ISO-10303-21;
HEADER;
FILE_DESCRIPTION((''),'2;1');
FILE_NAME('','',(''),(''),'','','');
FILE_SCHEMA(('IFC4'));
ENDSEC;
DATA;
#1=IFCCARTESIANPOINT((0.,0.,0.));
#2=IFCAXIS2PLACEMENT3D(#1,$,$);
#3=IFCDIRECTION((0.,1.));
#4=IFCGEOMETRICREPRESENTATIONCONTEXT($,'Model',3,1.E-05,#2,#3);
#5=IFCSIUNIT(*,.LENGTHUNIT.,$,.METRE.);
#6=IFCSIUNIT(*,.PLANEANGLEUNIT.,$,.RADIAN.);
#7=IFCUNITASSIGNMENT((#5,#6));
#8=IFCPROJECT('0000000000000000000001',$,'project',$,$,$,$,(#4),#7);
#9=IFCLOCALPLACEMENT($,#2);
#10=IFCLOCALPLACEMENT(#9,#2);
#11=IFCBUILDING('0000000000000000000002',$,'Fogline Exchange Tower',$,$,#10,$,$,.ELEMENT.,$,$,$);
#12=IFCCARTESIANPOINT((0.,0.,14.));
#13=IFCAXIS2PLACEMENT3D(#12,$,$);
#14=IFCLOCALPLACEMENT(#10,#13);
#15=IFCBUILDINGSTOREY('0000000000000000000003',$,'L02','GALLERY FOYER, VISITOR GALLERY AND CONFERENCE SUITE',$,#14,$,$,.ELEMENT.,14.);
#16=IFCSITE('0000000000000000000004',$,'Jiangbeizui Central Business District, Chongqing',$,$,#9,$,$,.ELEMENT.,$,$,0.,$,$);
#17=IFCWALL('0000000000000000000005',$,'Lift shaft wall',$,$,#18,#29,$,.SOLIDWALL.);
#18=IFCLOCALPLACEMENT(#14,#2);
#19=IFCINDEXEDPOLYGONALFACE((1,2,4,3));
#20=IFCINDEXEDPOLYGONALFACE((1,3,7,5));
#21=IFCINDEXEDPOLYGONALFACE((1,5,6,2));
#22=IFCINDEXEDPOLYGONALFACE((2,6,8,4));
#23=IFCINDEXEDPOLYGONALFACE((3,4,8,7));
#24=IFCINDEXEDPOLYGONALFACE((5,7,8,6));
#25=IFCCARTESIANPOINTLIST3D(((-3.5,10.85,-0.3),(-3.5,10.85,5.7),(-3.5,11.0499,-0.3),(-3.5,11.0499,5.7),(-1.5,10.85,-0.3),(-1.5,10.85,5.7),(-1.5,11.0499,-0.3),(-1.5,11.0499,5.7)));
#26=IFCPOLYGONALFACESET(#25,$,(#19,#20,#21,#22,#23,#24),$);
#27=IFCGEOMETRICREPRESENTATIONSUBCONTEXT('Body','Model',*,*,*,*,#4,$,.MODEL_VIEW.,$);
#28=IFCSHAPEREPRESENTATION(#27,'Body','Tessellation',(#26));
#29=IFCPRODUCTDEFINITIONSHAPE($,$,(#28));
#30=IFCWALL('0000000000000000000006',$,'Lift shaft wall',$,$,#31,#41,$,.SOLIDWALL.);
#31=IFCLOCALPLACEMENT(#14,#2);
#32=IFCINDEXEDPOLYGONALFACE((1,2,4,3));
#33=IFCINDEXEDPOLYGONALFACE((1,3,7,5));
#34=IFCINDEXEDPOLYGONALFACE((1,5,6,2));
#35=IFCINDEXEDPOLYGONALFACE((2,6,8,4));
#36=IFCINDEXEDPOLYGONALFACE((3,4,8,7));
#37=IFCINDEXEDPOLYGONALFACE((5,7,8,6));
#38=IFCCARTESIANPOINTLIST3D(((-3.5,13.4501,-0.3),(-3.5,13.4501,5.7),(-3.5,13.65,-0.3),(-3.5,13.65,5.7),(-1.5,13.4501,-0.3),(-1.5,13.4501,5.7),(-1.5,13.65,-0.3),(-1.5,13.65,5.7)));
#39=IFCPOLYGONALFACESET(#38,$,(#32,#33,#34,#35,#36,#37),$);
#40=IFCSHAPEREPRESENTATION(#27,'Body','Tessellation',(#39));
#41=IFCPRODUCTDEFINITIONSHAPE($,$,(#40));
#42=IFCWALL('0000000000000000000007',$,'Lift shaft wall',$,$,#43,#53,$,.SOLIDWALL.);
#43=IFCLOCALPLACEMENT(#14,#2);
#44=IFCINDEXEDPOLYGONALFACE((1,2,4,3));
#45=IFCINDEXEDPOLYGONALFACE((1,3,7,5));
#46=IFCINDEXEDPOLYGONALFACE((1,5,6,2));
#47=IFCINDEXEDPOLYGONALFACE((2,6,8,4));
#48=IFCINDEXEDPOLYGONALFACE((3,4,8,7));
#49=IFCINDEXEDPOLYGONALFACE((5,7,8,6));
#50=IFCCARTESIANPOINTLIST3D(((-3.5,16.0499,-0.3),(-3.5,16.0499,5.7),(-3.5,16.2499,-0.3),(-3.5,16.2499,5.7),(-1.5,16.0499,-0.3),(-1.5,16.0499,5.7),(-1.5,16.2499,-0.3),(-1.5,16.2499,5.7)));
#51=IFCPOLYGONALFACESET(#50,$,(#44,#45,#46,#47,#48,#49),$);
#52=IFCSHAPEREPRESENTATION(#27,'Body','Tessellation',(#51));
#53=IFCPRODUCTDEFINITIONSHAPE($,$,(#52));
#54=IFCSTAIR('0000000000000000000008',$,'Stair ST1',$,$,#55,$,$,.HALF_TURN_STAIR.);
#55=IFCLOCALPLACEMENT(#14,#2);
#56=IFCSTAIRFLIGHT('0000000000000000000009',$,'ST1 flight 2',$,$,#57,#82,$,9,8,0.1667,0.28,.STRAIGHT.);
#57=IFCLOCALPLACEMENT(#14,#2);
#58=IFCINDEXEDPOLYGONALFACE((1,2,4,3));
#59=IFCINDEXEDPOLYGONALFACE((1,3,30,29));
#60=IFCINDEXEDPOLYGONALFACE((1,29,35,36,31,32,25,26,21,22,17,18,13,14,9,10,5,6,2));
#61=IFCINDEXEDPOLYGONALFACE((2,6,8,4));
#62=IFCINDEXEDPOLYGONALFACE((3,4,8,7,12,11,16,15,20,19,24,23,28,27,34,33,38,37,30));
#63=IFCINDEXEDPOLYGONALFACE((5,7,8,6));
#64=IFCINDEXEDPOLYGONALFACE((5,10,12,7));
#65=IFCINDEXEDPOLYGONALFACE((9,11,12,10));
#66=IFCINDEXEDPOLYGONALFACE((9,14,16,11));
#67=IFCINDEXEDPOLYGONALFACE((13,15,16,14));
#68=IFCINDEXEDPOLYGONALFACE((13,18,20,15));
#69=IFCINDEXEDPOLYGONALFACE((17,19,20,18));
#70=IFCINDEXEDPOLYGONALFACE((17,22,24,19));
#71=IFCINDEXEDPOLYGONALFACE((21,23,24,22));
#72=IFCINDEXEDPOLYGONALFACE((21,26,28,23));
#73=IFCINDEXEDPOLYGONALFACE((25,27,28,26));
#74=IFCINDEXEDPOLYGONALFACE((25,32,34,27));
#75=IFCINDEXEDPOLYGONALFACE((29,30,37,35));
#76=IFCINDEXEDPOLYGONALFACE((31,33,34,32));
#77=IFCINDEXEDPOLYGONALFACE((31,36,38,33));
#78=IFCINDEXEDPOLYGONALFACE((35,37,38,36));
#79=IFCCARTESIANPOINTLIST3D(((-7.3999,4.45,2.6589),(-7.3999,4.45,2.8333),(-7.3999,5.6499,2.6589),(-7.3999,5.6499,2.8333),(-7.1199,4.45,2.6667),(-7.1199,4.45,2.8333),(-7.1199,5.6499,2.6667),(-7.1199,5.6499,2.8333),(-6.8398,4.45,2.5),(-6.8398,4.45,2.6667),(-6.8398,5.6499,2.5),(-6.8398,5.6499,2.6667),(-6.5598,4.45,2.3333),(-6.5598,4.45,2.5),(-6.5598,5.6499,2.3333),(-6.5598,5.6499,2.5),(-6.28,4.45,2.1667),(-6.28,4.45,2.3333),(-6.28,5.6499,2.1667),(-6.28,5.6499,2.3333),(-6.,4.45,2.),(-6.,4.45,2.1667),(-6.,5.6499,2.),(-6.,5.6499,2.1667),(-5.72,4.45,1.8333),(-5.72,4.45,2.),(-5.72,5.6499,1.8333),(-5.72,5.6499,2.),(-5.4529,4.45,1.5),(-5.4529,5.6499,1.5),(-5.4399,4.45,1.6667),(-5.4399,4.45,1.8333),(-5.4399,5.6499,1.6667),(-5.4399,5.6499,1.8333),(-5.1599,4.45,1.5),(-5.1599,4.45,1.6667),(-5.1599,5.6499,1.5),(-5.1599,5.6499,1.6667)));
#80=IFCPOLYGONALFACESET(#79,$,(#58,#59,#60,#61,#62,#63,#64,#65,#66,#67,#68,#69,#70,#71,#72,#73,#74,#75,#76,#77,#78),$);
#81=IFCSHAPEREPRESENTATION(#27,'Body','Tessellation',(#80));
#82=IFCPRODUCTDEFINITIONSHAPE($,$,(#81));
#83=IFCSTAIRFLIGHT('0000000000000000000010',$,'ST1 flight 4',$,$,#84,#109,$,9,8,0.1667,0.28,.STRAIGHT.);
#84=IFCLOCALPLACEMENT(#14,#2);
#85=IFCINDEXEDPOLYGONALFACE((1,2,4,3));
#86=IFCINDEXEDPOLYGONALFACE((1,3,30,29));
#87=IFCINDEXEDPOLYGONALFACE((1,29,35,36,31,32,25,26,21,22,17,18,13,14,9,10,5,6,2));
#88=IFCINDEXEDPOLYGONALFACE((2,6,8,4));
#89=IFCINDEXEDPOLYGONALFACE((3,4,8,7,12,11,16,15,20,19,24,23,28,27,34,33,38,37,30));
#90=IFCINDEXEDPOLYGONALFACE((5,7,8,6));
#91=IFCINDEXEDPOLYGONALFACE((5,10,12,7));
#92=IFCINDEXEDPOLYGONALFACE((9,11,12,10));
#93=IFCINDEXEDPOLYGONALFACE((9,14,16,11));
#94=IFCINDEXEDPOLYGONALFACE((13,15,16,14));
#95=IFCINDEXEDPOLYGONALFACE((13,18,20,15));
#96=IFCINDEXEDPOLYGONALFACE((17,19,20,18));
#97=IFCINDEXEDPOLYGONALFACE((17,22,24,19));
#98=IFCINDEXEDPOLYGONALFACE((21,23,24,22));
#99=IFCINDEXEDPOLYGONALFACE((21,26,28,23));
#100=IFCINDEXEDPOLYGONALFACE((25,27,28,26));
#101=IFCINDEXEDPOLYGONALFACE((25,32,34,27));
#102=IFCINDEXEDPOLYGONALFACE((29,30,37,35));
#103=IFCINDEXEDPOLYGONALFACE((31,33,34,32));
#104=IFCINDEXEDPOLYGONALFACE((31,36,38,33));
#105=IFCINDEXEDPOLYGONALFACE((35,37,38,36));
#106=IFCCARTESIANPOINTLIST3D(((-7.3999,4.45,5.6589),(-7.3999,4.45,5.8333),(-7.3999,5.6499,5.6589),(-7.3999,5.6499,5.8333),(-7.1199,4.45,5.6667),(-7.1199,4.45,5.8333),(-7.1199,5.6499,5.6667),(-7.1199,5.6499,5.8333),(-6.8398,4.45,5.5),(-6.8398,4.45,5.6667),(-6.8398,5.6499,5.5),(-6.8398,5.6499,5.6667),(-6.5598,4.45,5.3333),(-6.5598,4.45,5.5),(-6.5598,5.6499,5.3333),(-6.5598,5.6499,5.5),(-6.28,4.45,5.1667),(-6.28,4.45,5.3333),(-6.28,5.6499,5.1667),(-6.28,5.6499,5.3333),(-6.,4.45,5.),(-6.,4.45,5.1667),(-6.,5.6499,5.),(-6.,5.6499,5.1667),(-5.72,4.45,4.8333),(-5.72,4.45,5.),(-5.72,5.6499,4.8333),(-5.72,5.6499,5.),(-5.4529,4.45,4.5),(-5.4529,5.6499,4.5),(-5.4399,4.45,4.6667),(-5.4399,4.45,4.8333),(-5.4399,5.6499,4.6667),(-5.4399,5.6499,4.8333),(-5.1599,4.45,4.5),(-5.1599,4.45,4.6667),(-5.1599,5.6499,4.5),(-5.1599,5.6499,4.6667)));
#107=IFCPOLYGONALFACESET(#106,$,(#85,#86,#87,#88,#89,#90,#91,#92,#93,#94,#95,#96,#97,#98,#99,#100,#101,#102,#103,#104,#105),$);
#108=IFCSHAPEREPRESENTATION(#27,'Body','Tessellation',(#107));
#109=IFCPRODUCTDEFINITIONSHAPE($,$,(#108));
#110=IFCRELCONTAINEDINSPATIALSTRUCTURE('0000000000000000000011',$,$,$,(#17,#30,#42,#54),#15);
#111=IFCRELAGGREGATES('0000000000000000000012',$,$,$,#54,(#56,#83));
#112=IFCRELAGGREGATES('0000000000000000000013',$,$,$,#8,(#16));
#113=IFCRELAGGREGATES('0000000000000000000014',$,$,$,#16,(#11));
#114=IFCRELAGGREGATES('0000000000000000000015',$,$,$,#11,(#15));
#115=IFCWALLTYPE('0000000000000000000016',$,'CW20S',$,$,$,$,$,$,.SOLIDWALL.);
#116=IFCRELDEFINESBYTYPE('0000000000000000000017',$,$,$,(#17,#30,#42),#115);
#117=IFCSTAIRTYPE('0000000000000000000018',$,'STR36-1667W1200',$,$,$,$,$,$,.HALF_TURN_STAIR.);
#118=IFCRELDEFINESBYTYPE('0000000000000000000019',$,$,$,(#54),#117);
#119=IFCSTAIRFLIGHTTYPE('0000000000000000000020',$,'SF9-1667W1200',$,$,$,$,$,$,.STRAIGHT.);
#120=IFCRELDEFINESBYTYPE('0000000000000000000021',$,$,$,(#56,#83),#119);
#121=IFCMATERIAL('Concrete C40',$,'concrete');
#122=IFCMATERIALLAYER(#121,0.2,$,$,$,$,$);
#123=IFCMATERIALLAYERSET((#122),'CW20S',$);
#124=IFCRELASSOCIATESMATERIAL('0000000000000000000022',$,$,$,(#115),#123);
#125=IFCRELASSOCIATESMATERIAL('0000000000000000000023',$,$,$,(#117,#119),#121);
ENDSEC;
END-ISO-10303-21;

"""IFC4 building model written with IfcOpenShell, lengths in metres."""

from ifc_helpers import new_model, si_unit, direction, frame, frame_2d, origin, place, context, subcontext, project, spatial, polyline, rectangle, outline, extrude, material, layer, layer_set, type_object, element, aggregate, save


model = new_model("IFC4")

# Units and contexts
model_context = context("Model", 3, precision=1e-05, world=origin(), true_north=direction((0.0, 1.0)))
body_context = subcontext(model_context, "Body", "Model", "MODEL_VIEW")
ifc_project = project(units=[si_unit("LENGTHUNIT", "METRE"), si_unit("PLANEANGLEUNIT", "RADIAN")], contexts=[model_context])

# Site, building, storey
site_placement = place(None, origin())
site = spatial("IfcSite", under=ifc_project, at=site_placement, Name="Jiangbeizui Central Business District, Chongqing", CompositionType="ELEMENT", RefElevation=0.0)
building_placement = place(site_placement, origin())
building = spatial("IfcBuilding", under=site, at=building_placement, Name="Fogline Exchange Tower", CompositionType="ELEMENT")
storey_placement = place(building_placement, frame((0.0, 0.0, 14.0)))
storey = spatial("IfcBuildingStorey", under=building, at=storey_placement, Name="L02", Description="GALLERY FOYER, VISITOR GALLERY AND CONFERENCE SUITE", CompositionType="ELEMENT", Elevation=14.0)

# Shared definitions
ifc_material_1 = material(Name="Concrete C40", Category="concrete")

# Shared definitions
ifc_layer_1 = layer(ifc_material_1, 0.2)
ifc_layer_set_1 = layer_set([ifc_layer_1], Name="CW20S")
wall_type_1 = type_object("IfcWallType", Name="CW20S", PredefinedType="SOLIDWALL", material=ifc_layer_set_1)

# Walls
for number, where, z_axis, x_axis, name in (
    (1, (-3.5, 10.95, -0.3), (0.0, 0.0, 1.0), (1.0, 0.0, 0.0), "Lift shaft wall"),
    (2, (-3.5, 13.55, -0.3), (0.0, 0.0, 1.0), (1.0, 0.0, 0.0), "Lift shaft wall"),
    (3, (-3.5, 16.1499, -0.3), (0.0, 0.0, 1.0), (1.0, 0.0, 0.0), "Lift shaft wall"),
):
    element("IfcWall", number, at=place(storey_placement, frame(where, z_axis=z_axis, x_axis=x_axis)), inside=storey, type_object=wall_type_1, Name=name, PredefinedType="SOLIDWALL", context=body_context, shape_type="SweptSolid", body=[
        extrude(rectangle(XDim=2.0, YDim=0.2, at=frame_2d((1.0, 0.0))), origin(), (0.0, 0.0, 1.0), 6.0),
    ])

# Stair, stair flights
stair_type = type_object("IfcStairType", Name="STR36-1667W1200", PredefinedType="HALF_TURN_STAIR", material=ifc_material_1)
stair_placement = place(storey_placement, origin())
stair = element("IfcStair", 4, at=stair_placement, inside=storey, type_object=stair_type, Name="Stair ST1", PredefinedType="HALF_TURN_STAIR")
stair_flight_type = type_object("IfcStairFlightType", Name="SF9-1667W1200", PredefinedType="STRAIGHT", material=ifc_material_1)
stair_flight_1_placement = place(storey_placement, frame((-5.1599, 5.05, 1.5), z_axis=(0.0, 0.0, 1.0), x_axis=(-1.0, 0.0, 0.0)))
stair_flight_1 = element("IfcStairFlight", 5, at=stair_flight_1_placement, type_object=stair_flight_type, Name="ST1 flight 2", NumberOfRisers=9, NumberOfTreads=8, PredefinedType="STRAIGHT", RiserHeight=0.1667, TreadLength=0.28, context=body_context, shape_type="SweptSolid", body=[
    extrude(outline(polyline([(0.0, 0.0), (0.0, 0.1667), (0.28, 0.1667), (0.28, 0.3333), (0.5601, 0.3333), (0.5601, 0.5), (0.8401, 0.5), (0.8401, 0.6667), (1.1201, 0.6667), (1.1201, 0.8333), (1.3999, 0.8333), (1.3999, 1.0), (1.6799, 1.0), (1.6799, 1.1667), (1.96, 1.1667), (1.96, 1.3333), (2.24, 1.3333), (2.24, 1.5), (2.24, 1.1589), (0.293, 0.0), (0.0, 0.0)])), frame((0.0, 0.6001, 0.0), z_axis=(0.0, -1.0, 0.0), x_axis=(1.0, 0.0, 0.0)), (0.0, 0.0, 1.0), 1.2),
])
stair_flight_2_placement = place(storey_placement, frame((-5.1599, 5.05, 4.5), z_axis=(0.0, 0.0, 1.0), x_axis=(-1.0, 0.0, 0.0)))
stair_flight_2 = element("IfcStairFlight", 6, at=stair_flight_2_placement, type_object=stair_flight_type, Name="ST1 flight 4", NumberOfRisers=9, NumberOfTreads=8, PredefinedType="STRAIGHT", RiserHeight=0.1667, TreadLength=0.28, context=body_context, shape_type="SweptSolid", body=[
    extrude(outline(polyline([(0.0, 0.0), (0.0, 0.1667), (0.28, 0.1667), (0.28, 0.3333), (0.5601, 0.3333), (0.5601, 0.5), (0.8401, 0.5), (0.8401, 0.6667), (1.1201, 0.6667), (1.1201, 0.8333), (1.3999, 0.8333), (1.3999, 1.0), (1.6799, 1.0), (1.6799, 1.1667), (1.96, 1.1667), (1.96, 1.3333), (2.24, 1.3333), (2.24, 1.5), (2.24, 1.1589), (0.293, 0.0), (0.0, 0.0)])), frame((0.0, 0.6001, 0.0), z_axis=(0.0, -1.0, 0.0), x_axis=(1.0, 0.0, 0.0)), (0.0, 0.0, 1.0), 1.2),
])
aggregate(stair, [stair_flight_1, stair_flight_2])

save(model, "model.ifc")
